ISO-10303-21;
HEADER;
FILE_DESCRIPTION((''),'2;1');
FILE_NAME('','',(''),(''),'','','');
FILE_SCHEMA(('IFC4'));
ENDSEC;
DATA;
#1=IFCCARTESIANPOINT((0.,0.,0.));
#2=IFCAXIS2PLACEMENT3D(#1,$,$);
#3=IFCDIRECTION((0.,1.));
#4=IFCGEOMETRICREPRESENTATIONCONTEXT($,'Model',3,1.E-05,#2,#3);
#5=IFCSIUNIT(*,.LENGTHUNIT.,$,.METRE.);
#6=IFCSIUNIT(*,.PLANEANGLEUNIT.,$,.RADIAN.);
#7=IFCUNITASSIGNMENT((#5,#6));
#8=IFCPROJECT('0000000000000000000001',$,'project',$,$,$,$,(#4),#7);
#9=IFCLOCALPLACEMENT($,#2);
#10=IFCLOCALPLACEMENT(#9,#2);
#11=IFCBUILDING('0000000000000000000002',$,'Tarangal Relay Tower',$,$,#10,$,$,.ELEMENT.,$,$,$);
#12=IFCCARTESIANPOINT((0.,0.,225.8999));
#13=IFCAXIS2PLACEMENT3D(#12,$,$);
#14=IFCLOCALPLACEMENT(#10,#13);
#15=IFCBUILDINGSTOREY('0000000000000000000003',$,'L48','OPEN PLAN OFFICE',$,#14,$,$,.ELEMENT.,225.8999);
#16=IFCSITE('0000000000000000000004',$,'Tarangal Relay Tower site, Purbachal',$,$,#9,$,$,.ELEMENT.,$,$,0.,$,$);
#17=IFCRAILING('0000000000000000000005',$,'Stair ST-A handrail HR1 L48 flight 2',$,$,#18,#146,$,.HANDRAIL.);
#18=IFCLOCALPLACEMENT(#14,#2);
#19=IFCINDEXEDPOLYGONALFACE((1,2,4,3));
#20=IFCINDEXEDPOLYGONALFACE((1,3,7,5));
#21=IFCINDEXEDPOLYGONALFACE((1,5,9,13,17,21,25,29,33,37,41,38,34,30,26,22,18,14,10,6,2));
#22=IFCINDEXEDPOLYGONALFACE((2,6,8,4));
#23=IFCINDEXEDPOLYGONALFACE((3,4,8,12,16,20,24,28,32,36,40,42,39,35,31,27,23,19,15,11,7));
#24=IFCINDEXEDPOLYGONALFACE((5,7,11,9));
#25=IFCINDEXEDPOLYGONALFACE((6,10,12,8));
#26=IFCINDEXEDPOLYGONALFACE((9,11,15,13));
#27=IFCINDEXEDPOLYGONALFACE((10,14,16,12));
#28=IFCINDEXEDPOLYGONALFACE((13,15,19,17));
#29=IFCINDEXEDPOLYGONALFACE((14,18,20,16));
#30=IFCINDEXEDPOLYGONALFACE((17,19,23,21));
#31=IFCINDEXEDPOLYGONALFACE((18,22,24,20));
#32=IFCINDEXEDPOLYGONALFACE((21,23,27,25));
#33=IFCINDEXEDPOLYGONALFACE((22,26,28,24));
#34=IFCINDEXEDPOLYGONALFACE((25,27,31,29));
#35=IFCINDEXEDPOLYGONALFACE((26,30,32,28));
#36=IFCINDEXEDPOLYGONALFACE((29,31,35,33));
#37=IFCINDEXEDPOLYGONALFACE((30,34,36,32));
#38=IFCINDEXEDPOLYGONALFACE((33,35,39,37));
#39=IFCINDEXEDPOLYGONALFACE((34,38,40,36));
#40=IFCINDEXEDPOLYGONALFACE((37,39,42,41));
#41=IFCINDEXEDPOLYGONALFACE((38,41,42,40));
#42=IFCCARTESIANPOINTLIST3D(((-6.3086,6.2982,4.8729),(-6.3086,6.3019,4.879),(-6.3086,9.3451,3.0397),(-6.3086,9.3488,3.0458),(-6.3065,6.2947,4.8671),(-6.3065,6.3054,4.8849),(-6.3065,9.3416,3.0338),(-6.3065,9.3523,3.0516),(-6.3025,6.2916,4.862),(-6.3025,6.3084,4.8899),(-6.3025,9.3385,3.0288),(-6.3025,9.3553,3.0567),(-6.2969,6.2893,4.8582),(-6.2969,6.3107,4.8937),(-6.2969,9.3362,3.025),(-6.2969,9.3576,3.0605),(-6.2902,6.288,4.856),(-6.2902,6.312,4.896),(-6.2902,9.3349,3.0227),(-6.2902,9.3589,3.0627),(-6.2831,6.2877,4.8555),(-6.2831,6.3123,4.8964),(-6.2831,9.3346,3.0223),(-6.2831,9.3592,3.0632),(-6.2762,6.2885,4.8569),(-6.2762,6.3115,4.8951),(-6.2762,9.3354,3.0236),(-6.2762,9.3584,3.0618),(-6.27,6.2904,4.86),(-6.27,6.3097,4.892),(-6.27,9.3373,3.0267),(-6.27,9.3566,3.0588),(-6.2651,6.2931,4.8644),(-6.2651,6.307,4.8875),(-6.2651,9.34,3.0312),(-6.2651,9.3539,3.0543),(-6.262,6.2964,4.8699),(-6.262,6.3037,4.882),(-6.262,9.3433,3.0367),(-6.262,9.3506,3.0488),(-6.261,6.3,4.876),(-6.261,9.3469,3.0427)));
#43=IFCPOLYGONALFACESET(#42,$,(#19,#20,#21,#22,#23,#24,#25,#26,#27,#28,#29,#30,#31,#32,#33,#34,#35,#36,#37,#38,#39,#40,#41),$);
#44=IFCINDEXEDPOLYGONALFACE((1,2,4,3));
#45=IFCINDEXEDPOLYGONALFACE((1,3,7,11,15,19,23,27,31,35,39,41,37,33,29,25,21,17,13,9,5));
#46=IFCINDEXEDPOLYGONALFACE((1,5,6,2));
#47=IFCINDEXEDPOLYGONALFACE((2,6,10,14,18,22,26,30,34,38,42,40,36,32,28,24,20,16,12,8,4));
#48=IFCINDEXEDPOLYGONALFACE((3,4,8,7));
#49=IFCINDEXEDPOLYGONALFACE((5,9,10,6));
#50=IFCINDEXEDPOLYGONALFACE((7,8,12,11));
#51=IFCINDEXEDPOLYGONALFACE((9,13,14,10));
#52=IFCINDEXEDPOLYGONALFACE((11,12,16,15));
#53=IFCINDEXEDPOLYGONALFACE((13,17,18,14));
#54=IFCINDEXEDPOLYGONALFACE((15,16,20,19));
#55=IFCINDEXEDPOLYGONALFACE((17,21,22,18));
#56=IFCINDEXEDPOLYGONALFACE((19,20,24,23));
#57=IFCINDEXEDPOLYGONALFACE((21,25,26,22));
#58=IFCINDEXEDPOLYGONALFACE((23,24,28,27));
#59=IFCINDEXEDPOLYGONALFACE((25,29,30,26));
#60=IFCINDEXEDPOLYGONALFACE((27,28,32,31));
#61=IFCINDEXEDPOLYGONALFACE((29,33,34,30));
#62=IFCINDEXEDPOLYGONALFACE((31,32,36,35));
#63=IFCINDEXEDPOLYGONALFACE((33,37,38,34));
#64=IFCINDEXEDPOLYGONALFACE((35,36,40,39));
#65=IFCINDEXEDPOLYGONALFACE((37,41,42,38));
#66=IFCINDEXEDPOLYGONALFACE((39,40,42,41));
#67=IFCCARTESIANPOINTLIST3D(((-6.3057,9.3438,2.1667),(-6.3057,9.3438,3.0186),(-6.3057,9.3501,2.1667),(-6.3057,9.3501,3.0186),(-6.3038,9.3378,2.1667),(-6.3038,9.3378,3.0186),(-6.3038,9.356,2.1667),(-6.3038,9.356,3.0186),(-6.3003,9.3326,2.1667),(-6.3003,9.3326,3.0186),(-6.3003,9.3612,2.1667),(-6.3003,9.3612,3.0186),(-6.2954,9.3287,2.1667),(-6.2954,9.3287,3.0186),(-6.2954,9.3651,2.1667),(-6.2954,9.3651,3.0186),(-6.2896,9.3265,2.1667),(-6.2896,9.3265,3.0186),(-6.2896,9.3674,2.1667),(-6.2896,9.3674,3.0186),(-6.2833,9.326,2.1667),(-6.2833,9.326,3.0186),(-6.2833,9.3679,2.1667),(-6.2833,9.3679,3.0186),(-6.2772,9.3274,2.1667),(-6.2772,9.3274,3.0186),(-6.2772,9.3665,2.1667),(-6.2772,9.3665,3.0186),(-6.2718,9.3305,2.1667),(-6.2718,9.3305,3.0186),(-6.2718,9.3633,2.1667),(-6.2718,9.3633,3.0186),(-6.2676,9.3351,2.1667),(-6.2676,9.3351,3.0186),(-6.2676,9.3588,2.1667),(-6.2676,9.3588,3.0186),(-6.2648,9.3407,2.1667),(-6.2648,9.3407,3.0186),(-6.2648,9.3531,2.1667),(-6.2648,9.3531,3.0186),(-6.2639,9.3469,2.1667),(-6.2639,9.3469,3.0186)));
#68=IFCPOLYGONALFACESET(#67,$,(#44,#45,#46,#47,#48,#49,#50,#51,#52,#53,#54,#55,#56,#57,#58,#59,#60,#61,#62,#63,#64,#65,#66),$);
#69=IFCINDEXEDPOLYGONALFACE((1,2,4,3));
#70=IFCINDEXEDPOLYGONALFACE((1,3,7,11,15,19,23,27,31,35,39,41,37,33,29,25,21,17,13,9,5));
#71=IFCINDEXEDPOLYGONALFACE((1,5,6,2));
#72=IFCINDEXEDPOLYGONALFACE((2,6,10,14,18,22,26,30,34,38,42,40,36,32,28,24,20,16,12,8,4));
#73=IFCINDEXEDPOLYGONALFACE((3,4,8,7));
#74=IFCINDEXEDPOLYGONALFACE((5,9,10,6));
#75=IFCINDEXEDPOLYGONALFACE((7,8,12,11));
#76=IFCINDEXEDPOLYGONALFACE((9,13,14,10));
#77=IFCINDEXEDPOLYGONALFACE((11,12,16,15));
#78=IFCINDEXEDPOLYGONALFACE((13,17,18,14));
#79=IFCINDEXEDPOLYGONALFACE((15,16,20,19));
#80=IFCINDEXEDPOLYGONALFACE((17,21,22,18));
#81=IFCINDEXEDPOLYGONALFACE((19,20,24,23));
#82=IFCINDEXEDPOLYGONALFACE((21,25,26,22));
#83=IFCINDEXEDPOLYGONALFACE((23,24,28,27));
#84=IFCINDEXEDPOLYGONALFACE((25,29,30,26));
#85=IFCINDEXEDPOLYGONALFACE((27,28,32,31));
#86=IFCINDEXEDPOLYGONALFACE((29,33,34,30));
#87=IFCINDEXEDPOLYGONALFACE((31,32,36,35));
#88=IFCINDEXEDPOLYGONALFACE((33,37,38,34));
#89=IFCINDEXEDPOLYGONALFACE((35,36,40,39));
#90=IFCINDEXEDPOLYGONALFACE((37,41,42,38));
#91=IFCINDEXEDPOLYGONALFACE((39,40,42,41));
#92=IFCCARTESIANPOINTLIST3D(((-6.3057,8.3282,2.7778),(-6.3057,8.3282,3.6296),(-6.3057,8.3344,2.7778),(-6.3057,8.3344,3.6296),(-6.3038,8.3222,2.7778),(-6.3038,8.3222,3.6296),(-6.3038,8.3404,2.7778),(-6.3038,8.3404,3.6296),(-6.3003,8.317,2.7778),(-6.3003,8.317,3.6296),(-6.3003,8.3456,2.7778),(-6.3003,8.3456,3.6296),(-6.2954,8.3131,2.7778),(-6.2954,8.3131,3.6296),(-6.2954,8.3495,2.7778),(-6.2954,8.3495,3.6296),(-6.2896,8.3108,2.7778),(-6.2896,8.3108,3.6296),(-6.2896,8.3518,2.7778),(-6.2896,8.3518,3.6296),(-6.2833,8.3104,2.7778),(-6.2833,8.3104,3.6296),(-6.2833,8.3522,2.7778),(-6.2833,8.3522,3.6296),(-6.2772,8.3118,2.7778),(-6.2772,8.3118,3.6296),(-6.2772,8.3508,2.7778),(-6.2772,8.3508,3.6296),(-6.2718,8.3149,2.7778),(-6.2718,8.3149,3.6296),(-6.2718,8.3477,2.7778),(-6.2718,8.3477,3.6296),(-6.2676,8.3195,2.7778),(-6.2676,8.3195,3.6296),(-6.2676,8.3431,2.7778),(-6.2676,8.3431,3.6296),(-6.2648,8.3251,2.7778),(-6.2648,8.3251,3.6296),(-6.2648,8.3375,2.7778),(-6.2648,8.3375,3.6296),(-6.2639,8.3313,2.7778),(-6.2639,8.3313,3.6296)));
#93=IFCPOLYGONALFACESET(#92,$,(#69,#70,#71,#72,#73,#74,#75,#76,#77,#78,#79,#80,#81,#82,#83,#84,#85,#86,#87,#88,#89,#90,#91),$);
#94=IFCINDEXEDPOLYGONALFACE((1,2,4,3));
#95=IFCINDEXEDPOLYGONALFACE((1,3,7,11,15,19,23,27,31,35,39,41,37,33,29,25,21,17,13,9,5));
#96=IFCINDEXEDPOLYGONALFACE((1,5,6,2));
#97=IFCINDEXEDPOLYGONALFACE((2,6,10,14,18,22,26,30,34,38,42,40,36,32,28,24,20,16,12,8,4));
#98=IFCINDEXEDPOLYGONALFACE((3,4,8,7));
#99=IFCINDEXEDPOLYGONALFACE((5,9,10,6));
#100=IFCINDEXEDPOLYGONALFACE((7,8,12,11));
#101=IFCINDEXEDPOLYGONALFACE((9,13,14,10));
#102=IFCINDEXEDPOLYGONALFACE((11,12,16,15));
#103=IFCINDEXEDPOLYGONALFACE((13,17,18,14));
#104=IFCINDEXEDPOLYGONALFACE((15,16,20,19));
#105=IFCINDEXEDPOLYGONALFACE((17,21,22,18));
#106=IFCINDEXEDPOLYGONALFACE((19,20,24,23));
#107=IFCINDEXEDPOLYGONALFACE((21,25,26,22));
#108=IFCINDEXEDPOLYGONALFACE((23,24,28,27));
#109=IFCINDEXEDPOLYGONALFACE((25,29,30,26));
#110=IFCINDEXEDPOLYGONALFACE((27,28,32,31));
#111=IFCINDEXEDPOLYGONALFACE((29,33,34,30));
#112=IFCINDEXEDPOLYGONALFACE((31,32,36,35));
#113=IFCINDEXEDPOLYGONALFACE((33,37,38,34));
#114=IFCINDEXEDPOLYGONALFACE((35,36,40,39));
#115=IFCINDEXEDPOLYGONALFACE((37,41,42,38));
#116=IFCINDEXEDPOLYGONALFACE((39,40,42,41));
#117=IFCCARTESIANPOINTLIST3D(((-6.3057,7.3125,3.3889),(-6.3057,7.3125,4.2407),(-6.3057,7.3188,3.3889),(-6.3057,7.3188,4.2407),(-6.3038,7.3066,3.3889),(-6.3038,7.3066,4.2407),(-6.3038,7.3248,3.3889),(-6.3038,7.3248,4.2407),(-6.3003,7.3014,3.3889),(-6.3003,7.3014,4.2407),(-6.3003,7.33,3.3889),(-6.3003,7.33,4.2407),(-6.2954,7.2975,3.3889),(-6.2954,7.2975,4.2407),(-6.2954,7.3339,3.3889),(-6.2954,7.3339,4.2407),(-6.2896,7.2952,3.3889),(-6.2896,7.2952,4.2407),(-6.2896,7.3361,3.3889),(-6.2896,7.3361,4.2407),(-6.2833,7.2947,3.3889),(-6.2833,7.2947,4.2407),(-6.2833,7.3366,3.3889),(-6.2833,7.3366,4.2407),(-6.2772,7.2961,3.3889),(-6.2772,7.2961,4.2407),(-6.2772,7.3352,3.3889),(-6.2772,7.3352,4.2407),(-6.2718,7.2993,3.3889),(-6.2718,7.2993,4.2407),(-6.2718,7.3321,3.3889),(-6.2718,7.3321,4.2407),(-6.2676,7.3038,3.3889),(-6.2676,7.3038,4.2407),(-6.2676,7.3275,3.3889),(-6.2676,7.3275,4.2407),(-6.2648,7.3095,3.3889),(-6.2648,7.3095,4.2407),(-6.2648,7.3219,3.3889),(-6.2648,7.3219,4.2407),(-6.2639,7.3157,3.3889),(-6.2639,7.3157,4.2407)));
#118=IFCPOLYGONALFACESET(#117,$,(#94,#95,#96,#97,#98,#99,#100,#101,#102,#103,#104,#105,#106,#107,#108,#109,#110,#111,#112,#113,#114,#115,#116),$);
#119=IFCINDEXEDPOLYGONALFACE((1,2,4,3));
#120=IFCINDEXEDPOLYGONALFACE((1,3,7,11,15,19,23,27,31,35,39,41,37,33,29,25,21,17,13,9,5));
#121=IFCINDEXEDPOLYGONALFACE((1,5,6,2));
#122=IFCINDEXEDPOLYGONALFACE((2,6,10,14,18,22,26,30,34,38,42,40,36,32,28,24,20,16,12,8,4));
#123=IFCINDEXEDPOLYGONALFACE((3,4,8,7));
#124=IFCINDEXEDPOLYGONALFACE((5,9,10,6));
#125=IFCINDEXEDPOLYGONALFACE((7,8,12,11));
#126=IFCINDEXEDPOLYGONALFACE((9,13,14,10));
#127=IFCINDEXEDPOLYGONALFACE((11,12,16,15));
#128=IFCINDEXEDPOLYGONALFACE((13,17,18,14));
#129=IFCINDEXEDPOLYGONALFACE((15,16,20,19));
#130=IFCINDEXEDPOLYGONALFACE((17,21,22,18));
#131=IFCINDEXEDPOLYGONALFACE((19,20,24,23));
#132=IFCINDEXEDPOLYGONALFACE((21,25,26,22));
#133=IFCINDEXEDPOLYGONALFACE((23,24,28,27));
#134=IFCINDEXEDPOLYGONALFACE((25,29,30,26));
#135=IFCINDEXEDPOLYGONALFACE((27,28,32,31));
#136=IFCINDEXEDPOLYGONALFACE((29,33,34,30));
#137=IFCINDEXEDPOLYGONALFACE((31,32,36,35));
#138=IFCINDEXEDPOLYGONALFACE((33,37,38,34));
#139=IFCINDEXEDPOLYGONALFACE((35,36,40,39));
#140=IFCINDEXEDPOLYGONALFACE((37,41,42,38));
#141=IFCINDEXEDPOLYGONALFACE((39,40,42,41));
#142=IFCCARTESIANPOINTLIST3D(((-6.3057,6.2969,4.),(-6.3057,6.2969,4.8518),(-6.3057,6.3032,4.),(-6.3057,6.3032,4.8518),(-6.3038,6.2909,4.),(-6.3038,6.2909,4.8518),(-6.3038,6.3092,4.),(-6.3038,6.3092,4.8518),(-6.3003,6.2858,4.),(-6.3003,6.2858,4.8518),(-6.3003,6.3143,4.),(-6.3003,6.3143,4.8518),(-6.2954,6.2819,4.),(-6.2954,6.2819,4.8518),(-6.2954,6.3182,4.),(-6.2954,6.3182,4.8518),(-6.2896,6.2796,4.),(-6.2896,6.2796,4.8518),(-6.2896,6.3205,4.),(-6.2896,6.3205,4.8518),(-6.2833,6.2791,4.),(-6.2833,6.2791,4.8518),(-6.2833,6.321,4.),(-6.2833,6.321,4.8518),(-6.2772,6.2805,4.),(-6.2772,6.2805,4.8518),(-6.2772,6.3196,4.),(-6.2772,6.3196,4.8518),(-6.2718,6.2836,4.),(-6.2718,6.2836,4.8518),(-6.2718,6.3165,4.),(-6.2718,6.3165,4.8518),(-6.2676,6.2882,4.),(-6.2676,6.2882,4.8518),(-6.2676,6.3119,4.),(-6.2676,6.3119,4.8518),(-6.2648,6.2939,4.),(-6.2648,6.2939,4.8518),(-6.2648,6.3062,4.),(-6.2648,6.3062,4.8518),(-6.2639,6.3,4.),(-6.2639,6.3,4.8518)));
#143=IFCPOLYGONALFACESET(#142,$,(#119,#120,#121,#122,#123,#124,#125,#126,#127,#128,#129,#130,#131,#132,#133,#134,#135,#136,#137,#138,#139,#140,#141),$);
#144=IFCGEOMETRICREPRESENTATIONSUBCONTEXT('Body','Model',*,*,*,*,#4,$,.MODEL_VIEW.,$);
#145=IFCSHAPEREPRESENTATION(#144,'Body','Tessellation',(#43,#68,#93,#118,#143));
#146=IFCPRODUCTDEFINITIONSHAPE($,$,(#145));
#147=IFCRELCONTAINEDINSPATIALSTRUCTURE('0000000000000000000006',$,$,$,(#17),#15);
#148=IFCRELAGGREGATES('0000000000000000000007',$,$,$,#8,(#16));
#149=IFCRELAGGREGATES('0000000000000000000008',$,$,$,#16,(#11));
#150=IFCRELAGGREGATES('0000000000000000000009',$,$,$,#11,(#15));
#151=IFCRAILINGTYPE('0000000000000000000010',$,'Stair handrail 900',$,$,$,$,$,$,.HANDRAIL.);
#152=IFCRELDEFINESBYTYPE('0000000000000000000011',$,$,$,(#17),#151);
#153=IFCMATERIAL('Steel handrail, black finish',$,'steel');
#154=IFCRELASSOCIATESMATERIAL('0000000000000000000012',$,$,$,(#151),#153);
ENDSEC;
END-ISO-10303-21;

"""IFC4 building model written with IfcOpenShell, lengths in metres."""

from ifc_helpers import new_model, si_unit, direction, frame, origin, origin_2d, place, context, subcontext, project, spatial, circle, extrude, material, type_object, element, save


model = new_model("IFC4")

# Units and contexts
model_context = context("Model", 3, precision=1e-05, world=origin(), true_north=direction((0.0, 1.0)))
body_context = subcontext(model_context, "Body", "Model", "MODEL_VIEW")
ifc_project = project(units=[si_unit("LENGTHUNIT", "METRE"), si_unit("PLANEANGLEUNIT", "RADIAN")], contexts=[model_context])

# Site, building, storey
site_placement = place(None, origin())
site = spatial("IfcSite", under=ifc_project, at=site_placement, Name="Tarangal Relay Tower site, Purbachal", CompositionType="ELEMENT", RefElevation=0.0)
building_placement = place(site_placement, origin())
building = spatial("IfcBuilding", under=site, at=building_placement, Name="Tarangal Relay Tower", CompositionType="ELEMENT")
storey_placement = place(building_placement, frame((0.0, 0.0, 225.8999)))
storey = spatial("IfcBuildingStorey", under=building, at=storey_placement, Name="L48", Description="OPEN PLAN OFFICE", CompositionType="ELEMENT", Elevation=225.8999)

# Railing
ifc_material_1 = material(Name="Steel handrail, black finish", Category="steel")
railing_type_1 = type_object("IfcRailingType", Name="Stair handrail 900", PredefinedType="HANDRAIL", material=ifc_material_1)
railing_1_placement = place(storey_placement, frame((-6.2849, 9.3469, 2.1667)))
element("IfcRailing", 1, at=railing_1_placement, inside=storey, type_object=railing_type_1, Name="Stair ST-A handrail HR1 L48 flight 2", PredefinedType="HANDRAIL", context=body_context, shape_type="SweptSolid", body=[
    extrude(circle(Radius=0.0239, at=origin_2d()), frame((0.0, 0.0, 0.876), z_axis=(0.0, -0.856856, 0.515556), x_axis=(1.0, 0.0, 0.0)), (0.0, 0.0, 1.0), 3.5559),
    extrude(circle(Radius=0.021, at=origin_2d()), origin(), (0.0, 0.0, 1.0), 0.8518),
    extrude(circle(Radius=0.021, at=origin_2d()), frame((0.0, -1.0156, 0.6111)), (0.0, 0.0, 1.0), 0.8518),
    extrude(circle(Radius=0.021, at=origin_2d()), frame((0.0, -2.0312, 1.2222)), (0.0, 0.0, 1.0), 0.8518),
    extrude(circle(Radius=0.021, at=origin_2d()), frame((0.0, -3.0469, 1.8333)), (0.0, 0.0, 1.0), 0.8518),
])

save(model, "model.ifc")
